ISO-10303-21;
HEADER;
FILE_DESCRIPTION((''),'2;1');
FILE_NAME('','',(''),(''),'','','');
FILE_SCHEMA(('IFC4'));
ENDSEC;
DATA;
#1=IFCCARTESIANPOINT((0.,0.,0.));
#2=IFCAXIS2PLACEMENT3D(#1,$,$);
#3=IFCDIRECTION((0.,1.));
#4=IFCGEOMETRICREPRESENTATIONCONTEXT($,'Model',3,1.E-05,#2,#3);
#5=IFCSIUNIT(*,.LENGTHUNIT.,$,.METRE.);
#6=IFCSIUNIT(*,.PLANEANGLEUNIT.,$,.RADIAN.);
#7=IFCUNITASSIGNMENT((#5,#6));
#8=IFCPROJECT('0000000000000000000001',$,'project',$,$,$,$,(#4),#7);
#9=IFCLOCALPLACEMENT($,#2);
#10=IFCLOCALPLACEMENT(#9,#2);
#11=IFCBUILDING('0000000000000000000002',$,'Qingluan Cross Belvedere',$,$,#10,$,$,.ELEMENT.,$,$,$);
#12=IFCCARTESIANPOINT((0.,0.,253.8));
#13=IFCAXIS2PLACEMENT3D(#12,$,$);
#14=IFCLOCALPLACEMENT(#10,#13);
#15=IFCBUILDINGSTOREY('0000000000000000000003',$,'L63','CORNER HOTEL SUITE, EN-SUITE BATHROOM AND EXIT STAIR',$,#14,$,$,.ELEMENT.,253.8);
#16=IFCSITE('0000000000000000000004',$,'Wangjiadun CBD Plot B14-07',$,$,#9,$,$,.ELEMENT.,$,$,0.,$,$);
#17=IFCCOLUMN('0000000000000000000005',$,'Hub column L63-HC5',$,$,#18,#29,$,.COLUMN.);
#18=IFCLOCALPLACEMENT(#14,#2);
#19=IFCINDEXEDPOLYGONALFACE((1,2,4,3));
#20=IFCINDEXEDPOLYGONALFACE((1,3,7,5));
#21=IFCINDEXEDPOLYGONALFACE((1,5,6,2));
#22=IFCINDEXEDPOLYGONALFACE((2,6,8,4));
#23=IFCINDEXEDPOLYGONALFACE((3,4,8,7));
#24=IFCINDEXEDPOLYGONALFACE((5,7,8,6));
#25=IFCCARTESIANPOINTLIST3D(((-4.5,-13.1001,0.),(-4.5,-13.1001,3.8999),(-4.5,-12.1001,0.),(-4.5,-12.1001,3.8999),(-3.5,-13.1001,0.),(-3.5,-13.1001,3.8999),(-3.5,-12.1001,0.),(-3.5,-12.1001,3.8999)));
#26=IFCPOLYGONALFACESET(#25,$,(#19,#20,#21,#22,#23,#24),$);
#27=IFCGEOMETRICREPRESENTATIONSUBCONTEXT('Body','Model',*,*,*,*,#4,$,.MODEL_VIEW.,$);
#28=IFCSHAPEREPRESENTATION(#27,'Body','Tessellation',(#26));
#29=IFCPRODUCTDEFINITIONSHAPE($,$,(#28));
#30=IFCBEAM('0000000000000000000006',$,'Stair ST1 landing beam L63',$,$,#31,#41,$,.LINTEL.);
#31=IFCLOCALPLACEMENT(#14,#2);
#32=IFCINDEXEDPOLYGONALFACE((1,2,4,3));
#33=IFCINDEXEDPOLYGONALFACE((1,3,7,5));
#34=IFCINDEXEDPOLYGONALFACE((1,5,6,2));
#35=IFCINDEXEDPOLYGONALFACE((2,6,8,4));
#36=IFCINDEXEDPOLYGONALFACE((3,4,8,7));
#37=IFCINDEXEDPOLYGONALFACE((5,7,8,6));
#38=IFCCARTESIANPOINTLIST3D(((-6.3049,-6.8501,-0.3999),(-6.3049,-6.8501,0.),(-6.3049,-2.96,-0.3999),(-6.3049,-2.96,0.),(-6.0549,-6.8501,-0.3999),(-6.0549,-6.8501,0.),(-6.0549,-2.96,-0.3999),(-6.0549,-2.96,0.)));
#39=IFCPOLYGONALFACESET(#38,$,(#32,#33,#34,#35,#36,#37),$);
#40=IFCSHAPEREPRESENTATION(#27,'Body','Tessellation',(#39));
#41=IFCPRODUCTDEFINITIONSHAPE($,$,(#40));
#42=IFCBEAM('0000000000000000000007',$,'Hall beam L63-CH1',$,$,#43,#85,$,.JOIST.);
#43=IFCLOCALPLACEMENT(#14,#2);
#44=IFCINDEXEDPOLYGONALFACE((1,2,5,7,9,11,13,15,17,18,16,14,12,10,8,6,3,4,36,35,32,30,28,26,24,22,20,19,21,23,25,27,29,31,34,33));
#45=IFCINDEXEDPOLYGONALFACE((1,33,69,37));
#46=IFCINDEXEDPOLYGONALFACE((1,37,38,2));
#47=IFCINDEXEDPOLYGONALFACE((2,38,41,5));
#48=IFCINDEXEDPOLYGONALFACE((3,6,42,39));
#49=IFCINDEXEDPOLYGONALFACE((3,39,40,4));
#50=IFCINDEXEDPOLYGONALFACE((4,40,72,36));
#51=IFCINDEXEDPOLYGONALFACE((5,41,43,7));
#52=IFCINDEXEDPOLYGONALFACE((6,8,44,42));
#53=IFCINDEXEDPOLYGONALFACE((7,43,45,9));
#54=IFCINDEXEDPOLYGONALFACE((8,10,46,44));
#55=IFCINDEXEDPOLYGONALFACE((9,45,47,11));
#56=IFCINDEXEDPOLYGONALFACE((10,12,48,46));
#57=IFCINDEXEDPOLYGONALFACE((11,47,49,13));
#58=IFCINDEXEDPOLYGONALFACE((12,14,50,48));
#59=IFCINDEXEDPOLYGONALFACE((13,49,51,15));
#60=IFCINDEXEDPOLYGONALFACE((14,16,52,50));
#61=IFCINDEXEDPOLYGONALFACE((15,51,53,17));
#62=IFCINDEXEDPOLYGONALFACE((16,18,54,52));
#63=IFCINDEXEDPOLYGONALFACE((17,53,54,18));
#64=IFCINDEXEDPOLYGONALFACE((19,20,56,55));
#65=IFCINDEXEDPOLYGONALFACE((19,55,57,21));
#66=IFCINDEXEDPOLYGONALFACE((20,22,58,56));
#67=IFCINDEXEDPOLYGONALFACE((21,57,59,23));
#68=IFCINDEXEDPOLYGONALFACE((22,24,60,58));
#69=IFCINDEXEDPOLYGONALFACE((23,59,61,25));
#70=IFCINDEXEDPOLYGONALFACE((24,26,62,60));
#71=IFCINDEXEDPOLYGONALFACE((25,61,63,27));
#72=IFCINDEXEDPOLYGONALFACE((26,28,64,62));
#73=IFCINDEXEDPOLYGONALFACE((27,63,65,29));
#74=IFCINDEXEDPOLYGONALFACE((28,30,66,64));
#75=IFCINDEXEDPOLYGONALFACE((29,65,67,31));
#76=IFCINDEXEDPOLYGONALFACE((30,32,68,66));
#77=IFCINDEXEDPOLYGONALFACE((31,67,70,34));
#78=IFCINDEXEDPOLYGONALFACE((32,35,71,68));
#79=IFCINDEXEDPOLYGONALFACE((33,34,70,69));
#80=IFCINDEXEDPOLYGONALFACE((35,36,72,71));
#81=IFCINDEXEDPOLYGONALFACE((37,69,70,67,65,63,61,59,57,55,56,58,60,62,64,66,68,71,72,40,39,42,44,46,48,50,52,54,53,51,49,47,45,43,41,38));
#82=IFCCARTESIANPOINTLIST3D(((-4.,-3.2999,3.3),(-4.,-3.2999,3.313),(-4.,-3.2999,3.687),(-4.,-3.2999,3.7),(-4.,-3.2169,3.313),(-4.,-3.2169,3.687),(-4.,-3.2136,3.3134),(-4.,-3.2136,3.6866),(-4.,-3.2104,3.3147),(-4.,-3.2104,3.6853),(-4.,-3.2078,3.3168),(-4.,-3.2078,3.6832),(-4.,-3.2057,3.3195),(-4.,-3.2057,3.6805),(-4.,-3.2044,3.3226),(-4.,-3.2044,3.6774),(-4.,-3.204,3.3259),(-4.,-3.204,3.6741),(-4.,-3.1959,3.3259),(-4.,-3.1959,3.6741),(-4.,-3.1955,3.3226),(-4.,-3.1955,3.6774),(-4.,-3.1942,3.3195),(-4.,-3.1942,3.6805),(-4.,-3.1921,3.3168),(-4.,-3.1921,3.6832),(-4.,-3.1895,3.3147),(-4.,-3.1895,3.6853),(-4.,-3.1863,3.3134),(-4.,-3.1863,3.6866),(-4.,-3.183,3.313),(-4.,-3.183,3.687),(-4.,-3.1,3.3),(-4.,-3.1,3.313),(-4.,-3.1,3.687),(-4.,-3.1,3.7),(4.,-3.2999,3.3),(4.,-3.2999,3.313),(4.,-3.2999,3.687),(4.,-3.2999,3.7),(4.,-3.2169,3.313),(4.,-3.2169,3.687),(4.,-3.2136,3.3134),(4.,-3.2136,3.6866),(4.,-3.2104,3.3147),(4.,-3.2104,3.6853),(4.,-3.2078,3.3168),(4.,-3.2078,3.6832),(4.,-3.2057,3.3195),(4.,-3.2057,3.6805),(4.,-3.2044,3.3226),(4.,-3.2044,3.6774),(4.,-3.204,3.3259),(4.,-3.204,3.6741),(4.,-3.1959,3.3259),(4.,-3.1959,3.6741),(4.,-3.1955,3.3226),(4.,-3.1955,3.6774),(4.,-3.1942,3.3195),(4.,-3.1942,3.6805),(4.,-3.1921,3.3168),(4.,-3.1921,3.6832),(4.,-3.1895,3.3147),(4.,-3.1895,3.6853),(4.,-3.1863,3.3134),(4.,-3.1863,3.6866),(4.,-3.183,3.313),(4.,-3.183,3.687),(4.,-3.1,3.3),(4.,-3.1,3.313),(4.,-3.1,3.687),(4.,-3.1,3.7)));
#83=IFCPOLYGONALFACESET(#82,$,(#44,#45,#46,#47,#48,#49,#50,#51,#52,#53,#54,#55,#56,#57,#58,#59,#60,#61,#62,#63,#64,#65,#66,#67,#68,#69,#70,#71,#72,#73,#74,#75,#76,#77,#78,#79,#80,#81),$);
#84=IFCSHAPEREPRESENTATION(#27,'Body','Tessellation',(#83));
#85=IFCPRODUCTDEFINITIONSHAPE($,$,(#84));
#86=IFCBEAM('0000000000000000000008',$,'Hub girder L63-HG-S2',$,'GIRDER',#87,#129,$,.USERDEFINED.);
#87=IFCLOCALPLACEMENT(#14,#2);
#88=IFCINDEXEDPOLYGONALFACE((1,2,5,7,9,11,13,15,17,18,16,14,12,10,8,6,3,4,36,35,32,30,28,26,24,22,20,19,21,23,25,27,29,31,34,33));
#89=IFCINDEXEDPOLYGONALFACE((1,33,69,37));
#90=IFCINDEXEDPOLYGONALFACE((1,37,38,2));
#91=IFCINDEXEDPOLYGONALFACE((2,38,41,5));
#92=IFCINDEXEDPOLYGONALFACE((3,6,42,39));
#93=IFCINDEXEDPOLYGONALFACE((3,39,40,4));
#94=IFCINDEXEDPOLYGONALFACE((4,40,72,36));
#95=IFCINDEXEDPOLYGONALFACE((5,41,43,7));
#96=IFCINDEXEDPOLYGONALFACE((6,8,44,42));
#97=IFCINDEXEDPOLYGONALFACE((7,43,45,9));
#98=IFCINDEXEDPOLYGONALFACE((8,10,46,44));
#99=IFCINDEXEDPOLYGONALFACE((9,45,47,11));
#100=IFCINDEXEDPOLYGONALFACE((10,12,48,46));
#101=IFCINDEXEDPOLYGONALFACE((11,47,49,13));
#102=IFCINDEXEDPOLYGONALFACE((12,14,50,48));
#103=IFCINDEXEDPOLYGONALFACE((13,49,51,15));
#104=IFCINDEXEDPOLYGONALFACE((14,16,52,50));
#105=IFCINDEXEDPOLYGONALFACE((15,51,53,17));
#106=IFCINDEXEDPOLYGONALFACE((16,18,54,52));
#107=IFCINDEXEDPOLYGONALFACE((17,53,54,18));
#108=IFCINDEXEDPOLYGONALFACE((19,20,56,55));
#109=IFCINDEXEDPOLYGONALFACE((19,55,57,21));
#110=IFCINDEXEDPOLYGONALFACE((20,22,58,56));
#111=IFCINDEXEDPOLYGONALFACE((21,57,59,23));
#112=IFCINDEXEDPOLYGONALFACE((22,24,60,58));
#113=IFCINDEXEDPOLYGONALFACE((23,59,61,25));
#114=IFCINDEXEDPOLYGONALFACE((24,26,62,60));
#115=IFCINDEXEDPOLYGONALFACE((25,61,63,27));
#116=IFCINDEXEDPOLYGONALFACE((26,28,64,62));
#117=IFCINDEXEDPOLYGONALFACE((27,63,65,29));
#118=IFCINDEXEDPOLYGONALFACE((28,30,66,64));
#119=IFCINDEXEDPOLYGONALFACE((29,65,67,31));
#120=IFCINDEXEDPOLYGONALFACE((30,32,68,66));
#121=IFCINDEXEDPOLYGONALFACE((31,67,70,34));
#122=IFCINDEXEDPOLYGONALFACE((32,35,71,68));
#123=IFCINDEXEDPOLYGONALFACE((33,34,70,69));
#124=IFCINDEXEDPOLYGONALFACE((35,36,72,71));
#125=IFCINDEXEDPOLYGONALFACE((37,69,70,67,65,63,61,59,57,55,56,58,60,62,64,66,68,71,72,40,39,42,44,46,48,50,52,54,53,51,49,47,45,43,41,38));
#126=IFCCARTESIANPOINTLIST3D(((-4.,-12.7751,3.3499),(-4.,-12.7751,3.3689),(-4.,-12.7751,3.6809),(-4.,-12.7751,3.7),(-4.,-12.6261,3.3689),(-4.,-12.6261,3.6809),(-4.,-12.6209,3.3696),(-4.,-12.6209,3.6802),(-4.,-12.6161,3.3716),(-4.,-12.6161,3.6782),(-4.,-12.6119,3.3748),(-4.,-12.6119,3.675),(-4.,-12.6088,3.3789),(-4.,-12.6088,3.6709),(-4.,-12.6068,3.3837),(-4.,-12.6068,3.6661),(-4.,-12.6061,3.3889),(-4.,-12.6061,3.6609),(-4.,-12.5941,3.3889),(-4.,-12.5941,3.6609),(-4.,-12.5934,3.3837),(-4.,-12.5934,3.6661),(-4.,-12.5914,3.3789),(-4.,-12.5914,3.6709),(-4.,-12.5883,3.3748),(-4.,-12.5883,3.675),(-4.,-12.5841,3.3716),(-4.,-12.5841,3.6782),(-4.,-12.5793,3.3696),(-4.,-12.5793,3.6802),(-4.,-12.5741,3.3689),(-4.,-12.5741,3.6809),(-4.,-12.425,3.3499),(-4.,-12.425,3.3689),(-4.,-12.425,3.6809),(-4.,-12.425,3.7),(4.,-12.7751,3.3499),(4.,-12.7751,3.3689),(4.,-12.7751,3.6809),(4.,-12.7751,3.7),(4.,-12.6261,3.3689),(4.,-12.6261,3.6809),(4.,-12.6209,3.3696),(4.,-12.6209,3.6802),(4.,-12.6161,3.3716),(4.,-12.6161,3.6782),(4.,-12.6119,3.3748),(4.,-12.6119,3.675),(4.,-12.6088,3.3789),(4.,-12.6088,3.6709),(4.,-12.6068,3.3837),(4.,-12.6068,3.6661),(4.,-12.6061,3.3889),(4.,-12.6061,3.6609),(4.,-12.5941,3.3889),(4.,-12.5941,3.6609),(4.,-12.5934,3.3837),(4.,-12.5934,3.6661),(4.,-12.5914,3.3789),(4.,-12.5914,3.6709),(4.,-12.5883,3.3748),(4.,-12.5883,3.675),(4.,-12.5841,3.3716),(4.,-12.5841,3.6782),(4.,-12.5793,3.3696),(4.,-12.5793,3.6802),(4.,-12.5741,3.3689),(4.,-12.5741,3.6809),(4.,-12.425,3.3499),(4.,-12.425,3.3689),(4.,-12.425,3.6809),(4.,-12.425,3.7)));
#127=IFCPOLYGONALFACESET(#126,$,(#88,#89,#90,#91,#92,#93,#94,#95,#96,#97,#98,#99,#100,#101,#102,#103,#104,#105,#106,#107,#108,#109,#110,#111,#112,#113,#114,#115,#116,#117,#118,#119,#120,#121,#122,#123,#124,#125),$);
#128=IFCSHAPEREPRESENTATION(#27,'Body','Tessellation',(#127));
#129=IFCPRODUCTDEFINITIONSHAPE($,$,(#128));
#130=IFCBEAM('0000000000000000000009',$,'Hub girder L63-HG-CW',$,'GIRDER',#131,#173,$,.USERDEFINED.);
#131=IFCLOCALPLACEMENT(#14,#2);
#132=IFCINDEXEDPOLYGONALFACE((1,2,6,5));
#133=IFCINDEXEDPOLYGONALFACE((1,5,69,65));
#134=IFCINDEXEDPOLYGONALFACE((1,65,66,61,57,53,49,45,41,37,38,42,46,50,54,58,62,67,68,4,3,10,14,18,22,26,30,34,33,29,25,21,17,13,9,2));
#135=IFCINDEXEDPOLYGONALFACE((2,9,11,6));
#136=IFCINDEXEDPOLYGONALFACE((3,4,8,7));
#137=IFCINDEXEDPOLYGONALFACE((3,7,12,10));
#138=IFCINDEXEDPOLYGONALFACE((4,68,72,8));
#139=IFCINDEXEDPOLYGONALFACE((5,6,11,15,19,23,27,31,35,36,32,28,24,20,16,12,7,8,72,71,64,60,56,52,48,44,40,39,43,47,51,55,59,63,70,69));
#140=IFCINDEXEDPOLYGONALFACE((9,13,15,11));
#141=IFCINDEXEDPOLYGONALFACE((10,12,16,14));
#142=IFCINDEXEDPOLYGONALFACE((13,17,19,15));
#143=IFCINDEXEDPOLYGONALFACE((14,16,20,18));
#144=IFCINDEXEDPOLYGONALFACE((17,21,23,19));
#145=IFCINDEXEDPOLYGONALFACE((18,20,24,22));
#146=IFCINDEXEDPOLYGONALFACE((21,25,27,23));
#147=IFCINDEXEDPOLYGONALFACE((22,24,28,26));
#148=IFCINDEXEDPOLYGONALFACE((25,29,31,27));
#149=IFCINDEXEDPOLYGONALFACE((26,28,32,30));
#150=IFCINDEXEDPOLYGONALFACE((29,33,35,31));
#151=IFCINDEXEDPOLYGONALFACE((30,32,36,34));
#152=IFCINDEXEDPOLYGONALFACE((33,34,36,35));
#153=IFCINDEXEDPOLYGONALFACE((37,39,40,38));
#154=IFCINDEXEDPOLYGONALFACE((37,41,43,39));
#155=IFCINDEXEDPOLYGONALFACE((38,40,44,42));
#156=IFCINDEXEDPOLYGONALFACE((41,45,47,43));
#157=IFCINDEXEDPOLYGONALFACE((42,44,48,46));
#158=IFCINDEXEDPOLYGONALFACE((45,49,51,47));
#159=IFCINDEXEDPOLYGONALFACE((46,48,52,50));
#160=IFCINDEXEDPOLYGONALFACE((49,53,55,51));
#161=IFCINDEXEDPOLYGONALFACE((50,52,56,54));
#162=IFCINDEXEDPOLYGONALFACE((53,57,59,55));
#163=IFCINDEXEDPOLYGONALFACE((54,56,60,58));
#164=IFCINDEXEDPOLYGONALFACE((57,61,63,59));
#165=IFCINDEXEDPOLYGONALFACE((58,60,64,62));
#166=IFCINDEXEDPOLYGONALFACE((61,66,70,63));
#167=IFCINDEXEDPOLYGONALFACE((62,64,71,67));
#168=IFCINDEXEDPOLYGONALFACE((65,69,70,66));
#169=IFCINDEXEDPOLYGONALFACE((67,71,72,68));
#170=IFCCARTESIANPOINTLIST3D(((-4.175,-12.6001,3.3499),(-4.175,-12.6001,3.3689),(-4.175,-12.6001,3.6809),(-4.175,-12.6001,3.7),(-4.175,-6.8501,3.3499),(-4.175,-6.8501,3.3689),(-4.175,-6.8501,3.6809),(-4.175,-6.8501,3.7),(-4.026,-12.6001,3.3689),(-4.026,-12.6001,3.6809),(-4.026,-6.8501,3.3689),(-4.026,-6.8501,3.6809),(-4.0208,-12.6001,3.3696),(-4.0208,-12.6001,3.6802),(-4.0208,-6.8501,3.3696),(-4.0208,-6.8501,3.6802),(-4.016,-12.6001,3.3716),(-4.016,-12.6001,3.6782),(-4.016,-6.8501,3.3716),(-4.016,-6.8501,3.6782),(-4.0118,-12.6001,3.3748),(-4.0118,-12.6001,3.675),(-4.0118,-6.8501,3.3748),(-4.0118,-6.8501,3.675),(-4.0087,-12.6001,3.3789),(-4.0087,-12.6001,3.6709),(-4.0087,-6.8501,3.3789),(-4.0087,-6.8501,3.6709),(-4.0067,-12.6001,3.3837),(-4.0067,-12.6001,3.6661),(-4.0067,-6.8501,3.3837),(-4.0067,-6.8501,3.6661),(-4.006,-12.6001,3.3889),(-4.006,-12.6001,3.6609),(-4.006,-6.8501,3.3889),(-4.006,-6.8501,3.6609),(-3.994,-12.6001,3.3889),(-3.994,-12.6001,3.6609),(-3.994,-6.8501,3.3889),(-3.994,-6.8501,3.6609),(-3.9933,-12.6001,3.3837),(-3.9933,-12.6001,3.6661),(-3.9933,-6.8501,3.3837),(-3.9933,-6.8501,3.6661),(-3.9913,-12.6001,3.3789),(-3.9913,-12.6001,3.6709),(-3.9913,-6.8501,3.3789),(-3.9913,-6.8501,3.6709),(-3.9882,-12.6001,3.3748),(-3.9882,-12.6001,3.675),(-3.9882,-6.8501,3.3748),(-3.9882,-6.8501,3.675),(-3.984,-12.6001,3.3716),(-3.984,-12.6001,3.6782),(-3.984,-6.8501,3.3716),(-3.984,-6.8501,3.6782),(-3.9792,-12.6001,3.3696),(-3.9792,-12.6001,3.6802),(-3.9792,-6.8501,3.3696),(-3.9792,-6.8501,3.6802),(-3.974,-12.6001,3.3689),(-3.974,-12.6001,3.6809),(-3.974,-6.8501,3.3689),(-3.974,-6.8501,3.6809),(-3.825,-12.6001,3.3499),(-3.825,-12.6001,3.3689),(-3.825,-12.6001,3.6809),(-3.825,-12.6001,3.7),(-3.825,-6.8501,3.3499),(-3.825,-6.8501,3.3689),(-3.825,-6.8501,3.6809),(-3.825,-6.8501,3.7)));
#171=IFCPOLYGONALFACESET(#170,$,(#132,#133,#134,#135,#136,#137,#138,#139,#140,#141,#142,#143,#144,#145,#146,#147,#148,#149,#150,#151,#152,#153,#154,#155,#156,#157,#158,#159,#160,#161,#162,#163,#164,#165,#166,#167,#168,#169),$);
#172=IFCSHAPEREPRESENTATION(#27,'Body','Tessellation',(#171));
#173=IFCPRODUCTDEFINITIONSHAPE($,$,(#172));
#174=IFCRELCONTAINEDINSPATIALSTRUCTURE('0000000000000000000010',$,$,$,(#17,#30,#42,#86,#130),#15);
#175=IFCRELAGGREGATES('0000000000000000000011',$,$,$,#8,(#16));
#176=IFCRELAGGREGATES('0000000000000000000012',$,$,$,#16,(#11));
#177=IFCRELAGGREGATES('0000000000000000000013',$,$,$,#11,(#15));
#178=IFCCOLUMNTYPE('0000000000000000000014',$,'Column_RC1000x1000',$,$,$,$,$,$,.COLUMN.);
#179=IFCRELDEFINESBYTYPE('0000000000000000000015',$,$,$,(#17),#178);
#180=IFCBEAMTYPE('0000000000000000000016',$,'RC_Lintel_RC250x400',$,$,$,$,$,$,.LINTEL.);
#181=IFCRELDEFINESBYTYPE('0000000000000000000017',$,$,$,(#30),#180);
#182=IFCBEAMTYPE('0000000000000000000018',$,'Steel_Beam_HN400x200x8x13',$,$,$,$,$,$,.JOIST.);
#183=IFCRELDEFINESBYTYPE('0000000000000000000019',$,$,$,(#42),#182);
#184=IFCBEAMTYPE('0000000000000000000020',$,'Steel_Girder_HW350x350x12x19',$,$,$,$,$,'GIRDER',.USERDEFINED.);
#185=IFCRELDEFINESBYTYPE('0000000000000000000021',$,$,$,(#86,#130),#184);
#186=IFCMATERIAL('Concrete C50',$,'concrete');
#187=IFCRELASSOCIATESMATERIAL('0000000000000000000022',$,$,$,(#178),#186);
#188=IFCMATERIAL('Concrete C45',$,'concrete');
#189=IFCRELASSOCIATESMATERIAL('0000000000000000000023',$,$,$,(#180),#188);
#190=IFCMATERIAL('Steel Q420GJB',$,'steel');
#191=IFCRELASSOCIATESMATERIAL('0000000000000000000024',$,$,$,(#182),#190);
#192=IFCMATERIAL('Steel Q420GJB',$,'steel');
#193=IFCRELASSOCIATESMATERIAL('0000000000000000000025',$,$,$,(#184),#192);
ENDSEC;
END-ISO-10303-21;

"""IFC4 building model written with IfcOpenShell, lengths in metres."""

from ifc_helpers import new_model, si_unit, direction, frame, origin, origin_2d, place, context, subcontext, project, spatial, rectangle, i_section, extrude, material, material_profile, profile_set, type_object, element, save


model = new_model("IFC4")

# Units and contexts
model_context = context("Model", 3, precision=1e-05, world=origin(), true_north=direction((0.0, 1.0)))
body_context = subcontext(model_context, "Body", "Model", "MODEL_VIEW")
ifc_project = project(units=[si_unit("LENGTHUNIT", "METRE"), si_unit("PLANEANGLEUNIT", "RADIAN")], contexts=[model_context])

# Site, building, storey
site_placement = place(None, origin())
site = spatial("IfcSite", under=ifc_project, at=site_placement, Name="Wangjiadun CBD Plot B14-07", CompositionType="ELEMENT", RefElevation=0.0)
building_placement = place(site_placement, origin())
building = spatial("IfcBuilding", under=site, at=building_placement, Name="Qingluan Cross Belvedere", CompositionType="ELEMENT")
storey_placement = place(building_placement, frame((0.0, 0.0, 253.8)))
storey = spatial("IfcBuildingStorey", under=building, at=storey_placement, Name="L63", Description="CORNER HOTEL SUITE, EN-SUITE BATHROOM AND EXIT STAIR", CompositionType="ELEMENT", Elevation=253.8)

# Column
ifc_material_1 = material(Name="Concrete C50", Category="concrete")
ifc_material_profile_1 = material_profile(ifc_material_1, rectangle(XDim=1.0, YDim=1.0, at=origin_2d()), Name="RC1000x1000")
ifc_profile_set_1 = profile_set([ifc_material_profile_1], Name="Concrete C50")
column_type = type_object("IfcColumnType", Name="Column_RC1000x1000", PredefinedType="COLUMN", material=ifc_profile_set_1)
column_placement = place(storey_placement, frame((-4.0, -12.6001, 0.0), z_axis=(0.0, 0.0, 1.0), x_axis=(1.0, 0.0, 0.0)))
element("IfcColumn", 1, at=column_placement, inside=storey, type_object=column_type, Name="Hub column L63-HC5", PredefinedType="COLUMN", context=body_context, shape_type="SweptSolid", body=[
    extrude(rectangle(XDim=1.0, YDim=1.0, at=origin_2d()), origin(), (0.0, 0.0, 1.0), 3.8999),
])

# Beams
ifc_material_2 = material(Name="Concrete C45", Category="concrete")
ifc_material_profile_2 = material_profile(ifc_material_2, rectangle(XDim=0.25, YDim=0.3999, at=origin_2d()), Name="RC250x400")
ifc_profile_set_2 = profile_set([ifc_material_profile_2], Name="Concrete C45")
beam_type_1 = type_object("IfcBeamType", Name="RC_Lintel_RC250x400", PredefinedType="LINTEL", material=ifc_profile_set_2)
beam_1_placement = place(storey_placement, frame((-6.1799, -6.8501, -0.2), z_axis=(0.0, 1.0, 0.0), x_axis=(-1.0, 0.0, 0.0)))
element("IfcBeam", 2, at=beam_1_placement, inside=storey, type_object=beam_type_1, Name="Stair ST1 landing beam L63", PredefinedType="LINTEL", context=body_context, shape_type="SweptSolid", body=[
    extrude(rectangle(XDim=0.25, YDim=0.3999, at=origin_2d()), origin(), (0.0, 0.0, 1.0), 3.8901),
])
ifc_material_3 = material(Name="Steel Q420GJB", Category="steel")
ifc_material_profile_3 = material_profile(ifc_material_3, i_section(OverallWidth=0.2, OverallDepth=0.3999, WebThickness=0.0081, FlangeThickness=0.0129, FilletRadius=0.0129, at=origin_2d()), Name="HN400x200x8x13")
ifc_profile_set_3 = profile_set([ifc_material_profile_3], Name="Steel Q420GJB")
beam_type_2 = type_object("IfcBeamType", Name="Steel_Beam_HN400x200x8x13", PredefinedType="JOIST", material=ifc_profile_set_3)
beam_2_placement = place(storey_placement, frame((-4.0, -3.2, 3.5), z_axis=(1.0, 0.0, 0.0), x_axis=(0.0, 1.0, 0.0)))
element("IfcBeam", 3, at=beam_2_placement, inside=storey, type_object=beam_type_2, Name="Hall beam L63-CH1", PredefinedType="JOIST", context=body_context, shape_type="SweptSolid", body=[
    extrude(i_section(OverallWidth=0.2, OverallDepth=0.3999, WebThickness=0.0081, FlangeThickness=0.0129, FilletRadius=0.0129, at=origin_2d()), origin(), (0.0, 0.0, 1.0), 8.0),
])
ifc_material_4 = material(Name="Steel Q420GJB", Category="steel")
ifc_material_profile_4 = material_profile(ifc_material_4, i_section(OverallWidth=0.3501, OverallDepth=0.3501, WebThickness=0.012, FlangeThickness=0.019, FilletRadius=0.02, at=origin_2d()), Name="HW350x350x12x19")
ifc_profile_set_4 = profile_set([ifc_material_profile_4], Name="Steel Q420GJB")
beam_type_3 = type_object("IfcBeamType", Name="Steel_Girder_HW350x350x12x19", ElementType="GIRDER", PredefinedType="USERDEFINED", material=ifc_profile_set_4)
beam_3_placement = place(storey_placement, frame((-4.0, -12.6001, 3.5249), z_axis=(1.0, 0.0, 0.0), x_axis=(0.0, 1.0, 0.0)))
element("IfcBeam", 4, at=beam_3_placement, inside=storey, type_object=beam_type_3, Name="Hub girder L63-HG-S2", ObjectType="GIRDER", PredefinedType="USERDEFINED", context=body_context, shape_type="SweptSolid", body=[
    extrude(i_section(OverallWidth=0.3501, OverallDepth=0.3501, WebThickness=0.012, FlangeThickness=0.019, FilletRadius=0.02, at=origin_2d()), origin(), (0.0, 0.0, 1.0), 8.0),
])
beam_4_placement = place(storey_placement, frame((-4.0, -12.6001, 3.5249), z_axis=(0.0, 1.0, 0.0), x_axis=(-1.0, 0.0, 0.0)))
element("IfcBeam", 5, at=beam_4_placement, inside=storey, type_object=beam_type_3, Name="Hub girder L63-HG-CW", ObjectType="GIRDER", PredefinedType="USERDEFINED", context=body_context, shape_type="SweptSolid", body=[
    extrude(i_section(OverallWidth=0.3501, OverallDepth=0.3501, WebThickness=0.012, FlangeThickness=0.019, FilletRadius=0.02, at=origin_2d()), origin(), (0.0, 0.0, 1.0), 5.75),
])

save(model, "model.ifc")
